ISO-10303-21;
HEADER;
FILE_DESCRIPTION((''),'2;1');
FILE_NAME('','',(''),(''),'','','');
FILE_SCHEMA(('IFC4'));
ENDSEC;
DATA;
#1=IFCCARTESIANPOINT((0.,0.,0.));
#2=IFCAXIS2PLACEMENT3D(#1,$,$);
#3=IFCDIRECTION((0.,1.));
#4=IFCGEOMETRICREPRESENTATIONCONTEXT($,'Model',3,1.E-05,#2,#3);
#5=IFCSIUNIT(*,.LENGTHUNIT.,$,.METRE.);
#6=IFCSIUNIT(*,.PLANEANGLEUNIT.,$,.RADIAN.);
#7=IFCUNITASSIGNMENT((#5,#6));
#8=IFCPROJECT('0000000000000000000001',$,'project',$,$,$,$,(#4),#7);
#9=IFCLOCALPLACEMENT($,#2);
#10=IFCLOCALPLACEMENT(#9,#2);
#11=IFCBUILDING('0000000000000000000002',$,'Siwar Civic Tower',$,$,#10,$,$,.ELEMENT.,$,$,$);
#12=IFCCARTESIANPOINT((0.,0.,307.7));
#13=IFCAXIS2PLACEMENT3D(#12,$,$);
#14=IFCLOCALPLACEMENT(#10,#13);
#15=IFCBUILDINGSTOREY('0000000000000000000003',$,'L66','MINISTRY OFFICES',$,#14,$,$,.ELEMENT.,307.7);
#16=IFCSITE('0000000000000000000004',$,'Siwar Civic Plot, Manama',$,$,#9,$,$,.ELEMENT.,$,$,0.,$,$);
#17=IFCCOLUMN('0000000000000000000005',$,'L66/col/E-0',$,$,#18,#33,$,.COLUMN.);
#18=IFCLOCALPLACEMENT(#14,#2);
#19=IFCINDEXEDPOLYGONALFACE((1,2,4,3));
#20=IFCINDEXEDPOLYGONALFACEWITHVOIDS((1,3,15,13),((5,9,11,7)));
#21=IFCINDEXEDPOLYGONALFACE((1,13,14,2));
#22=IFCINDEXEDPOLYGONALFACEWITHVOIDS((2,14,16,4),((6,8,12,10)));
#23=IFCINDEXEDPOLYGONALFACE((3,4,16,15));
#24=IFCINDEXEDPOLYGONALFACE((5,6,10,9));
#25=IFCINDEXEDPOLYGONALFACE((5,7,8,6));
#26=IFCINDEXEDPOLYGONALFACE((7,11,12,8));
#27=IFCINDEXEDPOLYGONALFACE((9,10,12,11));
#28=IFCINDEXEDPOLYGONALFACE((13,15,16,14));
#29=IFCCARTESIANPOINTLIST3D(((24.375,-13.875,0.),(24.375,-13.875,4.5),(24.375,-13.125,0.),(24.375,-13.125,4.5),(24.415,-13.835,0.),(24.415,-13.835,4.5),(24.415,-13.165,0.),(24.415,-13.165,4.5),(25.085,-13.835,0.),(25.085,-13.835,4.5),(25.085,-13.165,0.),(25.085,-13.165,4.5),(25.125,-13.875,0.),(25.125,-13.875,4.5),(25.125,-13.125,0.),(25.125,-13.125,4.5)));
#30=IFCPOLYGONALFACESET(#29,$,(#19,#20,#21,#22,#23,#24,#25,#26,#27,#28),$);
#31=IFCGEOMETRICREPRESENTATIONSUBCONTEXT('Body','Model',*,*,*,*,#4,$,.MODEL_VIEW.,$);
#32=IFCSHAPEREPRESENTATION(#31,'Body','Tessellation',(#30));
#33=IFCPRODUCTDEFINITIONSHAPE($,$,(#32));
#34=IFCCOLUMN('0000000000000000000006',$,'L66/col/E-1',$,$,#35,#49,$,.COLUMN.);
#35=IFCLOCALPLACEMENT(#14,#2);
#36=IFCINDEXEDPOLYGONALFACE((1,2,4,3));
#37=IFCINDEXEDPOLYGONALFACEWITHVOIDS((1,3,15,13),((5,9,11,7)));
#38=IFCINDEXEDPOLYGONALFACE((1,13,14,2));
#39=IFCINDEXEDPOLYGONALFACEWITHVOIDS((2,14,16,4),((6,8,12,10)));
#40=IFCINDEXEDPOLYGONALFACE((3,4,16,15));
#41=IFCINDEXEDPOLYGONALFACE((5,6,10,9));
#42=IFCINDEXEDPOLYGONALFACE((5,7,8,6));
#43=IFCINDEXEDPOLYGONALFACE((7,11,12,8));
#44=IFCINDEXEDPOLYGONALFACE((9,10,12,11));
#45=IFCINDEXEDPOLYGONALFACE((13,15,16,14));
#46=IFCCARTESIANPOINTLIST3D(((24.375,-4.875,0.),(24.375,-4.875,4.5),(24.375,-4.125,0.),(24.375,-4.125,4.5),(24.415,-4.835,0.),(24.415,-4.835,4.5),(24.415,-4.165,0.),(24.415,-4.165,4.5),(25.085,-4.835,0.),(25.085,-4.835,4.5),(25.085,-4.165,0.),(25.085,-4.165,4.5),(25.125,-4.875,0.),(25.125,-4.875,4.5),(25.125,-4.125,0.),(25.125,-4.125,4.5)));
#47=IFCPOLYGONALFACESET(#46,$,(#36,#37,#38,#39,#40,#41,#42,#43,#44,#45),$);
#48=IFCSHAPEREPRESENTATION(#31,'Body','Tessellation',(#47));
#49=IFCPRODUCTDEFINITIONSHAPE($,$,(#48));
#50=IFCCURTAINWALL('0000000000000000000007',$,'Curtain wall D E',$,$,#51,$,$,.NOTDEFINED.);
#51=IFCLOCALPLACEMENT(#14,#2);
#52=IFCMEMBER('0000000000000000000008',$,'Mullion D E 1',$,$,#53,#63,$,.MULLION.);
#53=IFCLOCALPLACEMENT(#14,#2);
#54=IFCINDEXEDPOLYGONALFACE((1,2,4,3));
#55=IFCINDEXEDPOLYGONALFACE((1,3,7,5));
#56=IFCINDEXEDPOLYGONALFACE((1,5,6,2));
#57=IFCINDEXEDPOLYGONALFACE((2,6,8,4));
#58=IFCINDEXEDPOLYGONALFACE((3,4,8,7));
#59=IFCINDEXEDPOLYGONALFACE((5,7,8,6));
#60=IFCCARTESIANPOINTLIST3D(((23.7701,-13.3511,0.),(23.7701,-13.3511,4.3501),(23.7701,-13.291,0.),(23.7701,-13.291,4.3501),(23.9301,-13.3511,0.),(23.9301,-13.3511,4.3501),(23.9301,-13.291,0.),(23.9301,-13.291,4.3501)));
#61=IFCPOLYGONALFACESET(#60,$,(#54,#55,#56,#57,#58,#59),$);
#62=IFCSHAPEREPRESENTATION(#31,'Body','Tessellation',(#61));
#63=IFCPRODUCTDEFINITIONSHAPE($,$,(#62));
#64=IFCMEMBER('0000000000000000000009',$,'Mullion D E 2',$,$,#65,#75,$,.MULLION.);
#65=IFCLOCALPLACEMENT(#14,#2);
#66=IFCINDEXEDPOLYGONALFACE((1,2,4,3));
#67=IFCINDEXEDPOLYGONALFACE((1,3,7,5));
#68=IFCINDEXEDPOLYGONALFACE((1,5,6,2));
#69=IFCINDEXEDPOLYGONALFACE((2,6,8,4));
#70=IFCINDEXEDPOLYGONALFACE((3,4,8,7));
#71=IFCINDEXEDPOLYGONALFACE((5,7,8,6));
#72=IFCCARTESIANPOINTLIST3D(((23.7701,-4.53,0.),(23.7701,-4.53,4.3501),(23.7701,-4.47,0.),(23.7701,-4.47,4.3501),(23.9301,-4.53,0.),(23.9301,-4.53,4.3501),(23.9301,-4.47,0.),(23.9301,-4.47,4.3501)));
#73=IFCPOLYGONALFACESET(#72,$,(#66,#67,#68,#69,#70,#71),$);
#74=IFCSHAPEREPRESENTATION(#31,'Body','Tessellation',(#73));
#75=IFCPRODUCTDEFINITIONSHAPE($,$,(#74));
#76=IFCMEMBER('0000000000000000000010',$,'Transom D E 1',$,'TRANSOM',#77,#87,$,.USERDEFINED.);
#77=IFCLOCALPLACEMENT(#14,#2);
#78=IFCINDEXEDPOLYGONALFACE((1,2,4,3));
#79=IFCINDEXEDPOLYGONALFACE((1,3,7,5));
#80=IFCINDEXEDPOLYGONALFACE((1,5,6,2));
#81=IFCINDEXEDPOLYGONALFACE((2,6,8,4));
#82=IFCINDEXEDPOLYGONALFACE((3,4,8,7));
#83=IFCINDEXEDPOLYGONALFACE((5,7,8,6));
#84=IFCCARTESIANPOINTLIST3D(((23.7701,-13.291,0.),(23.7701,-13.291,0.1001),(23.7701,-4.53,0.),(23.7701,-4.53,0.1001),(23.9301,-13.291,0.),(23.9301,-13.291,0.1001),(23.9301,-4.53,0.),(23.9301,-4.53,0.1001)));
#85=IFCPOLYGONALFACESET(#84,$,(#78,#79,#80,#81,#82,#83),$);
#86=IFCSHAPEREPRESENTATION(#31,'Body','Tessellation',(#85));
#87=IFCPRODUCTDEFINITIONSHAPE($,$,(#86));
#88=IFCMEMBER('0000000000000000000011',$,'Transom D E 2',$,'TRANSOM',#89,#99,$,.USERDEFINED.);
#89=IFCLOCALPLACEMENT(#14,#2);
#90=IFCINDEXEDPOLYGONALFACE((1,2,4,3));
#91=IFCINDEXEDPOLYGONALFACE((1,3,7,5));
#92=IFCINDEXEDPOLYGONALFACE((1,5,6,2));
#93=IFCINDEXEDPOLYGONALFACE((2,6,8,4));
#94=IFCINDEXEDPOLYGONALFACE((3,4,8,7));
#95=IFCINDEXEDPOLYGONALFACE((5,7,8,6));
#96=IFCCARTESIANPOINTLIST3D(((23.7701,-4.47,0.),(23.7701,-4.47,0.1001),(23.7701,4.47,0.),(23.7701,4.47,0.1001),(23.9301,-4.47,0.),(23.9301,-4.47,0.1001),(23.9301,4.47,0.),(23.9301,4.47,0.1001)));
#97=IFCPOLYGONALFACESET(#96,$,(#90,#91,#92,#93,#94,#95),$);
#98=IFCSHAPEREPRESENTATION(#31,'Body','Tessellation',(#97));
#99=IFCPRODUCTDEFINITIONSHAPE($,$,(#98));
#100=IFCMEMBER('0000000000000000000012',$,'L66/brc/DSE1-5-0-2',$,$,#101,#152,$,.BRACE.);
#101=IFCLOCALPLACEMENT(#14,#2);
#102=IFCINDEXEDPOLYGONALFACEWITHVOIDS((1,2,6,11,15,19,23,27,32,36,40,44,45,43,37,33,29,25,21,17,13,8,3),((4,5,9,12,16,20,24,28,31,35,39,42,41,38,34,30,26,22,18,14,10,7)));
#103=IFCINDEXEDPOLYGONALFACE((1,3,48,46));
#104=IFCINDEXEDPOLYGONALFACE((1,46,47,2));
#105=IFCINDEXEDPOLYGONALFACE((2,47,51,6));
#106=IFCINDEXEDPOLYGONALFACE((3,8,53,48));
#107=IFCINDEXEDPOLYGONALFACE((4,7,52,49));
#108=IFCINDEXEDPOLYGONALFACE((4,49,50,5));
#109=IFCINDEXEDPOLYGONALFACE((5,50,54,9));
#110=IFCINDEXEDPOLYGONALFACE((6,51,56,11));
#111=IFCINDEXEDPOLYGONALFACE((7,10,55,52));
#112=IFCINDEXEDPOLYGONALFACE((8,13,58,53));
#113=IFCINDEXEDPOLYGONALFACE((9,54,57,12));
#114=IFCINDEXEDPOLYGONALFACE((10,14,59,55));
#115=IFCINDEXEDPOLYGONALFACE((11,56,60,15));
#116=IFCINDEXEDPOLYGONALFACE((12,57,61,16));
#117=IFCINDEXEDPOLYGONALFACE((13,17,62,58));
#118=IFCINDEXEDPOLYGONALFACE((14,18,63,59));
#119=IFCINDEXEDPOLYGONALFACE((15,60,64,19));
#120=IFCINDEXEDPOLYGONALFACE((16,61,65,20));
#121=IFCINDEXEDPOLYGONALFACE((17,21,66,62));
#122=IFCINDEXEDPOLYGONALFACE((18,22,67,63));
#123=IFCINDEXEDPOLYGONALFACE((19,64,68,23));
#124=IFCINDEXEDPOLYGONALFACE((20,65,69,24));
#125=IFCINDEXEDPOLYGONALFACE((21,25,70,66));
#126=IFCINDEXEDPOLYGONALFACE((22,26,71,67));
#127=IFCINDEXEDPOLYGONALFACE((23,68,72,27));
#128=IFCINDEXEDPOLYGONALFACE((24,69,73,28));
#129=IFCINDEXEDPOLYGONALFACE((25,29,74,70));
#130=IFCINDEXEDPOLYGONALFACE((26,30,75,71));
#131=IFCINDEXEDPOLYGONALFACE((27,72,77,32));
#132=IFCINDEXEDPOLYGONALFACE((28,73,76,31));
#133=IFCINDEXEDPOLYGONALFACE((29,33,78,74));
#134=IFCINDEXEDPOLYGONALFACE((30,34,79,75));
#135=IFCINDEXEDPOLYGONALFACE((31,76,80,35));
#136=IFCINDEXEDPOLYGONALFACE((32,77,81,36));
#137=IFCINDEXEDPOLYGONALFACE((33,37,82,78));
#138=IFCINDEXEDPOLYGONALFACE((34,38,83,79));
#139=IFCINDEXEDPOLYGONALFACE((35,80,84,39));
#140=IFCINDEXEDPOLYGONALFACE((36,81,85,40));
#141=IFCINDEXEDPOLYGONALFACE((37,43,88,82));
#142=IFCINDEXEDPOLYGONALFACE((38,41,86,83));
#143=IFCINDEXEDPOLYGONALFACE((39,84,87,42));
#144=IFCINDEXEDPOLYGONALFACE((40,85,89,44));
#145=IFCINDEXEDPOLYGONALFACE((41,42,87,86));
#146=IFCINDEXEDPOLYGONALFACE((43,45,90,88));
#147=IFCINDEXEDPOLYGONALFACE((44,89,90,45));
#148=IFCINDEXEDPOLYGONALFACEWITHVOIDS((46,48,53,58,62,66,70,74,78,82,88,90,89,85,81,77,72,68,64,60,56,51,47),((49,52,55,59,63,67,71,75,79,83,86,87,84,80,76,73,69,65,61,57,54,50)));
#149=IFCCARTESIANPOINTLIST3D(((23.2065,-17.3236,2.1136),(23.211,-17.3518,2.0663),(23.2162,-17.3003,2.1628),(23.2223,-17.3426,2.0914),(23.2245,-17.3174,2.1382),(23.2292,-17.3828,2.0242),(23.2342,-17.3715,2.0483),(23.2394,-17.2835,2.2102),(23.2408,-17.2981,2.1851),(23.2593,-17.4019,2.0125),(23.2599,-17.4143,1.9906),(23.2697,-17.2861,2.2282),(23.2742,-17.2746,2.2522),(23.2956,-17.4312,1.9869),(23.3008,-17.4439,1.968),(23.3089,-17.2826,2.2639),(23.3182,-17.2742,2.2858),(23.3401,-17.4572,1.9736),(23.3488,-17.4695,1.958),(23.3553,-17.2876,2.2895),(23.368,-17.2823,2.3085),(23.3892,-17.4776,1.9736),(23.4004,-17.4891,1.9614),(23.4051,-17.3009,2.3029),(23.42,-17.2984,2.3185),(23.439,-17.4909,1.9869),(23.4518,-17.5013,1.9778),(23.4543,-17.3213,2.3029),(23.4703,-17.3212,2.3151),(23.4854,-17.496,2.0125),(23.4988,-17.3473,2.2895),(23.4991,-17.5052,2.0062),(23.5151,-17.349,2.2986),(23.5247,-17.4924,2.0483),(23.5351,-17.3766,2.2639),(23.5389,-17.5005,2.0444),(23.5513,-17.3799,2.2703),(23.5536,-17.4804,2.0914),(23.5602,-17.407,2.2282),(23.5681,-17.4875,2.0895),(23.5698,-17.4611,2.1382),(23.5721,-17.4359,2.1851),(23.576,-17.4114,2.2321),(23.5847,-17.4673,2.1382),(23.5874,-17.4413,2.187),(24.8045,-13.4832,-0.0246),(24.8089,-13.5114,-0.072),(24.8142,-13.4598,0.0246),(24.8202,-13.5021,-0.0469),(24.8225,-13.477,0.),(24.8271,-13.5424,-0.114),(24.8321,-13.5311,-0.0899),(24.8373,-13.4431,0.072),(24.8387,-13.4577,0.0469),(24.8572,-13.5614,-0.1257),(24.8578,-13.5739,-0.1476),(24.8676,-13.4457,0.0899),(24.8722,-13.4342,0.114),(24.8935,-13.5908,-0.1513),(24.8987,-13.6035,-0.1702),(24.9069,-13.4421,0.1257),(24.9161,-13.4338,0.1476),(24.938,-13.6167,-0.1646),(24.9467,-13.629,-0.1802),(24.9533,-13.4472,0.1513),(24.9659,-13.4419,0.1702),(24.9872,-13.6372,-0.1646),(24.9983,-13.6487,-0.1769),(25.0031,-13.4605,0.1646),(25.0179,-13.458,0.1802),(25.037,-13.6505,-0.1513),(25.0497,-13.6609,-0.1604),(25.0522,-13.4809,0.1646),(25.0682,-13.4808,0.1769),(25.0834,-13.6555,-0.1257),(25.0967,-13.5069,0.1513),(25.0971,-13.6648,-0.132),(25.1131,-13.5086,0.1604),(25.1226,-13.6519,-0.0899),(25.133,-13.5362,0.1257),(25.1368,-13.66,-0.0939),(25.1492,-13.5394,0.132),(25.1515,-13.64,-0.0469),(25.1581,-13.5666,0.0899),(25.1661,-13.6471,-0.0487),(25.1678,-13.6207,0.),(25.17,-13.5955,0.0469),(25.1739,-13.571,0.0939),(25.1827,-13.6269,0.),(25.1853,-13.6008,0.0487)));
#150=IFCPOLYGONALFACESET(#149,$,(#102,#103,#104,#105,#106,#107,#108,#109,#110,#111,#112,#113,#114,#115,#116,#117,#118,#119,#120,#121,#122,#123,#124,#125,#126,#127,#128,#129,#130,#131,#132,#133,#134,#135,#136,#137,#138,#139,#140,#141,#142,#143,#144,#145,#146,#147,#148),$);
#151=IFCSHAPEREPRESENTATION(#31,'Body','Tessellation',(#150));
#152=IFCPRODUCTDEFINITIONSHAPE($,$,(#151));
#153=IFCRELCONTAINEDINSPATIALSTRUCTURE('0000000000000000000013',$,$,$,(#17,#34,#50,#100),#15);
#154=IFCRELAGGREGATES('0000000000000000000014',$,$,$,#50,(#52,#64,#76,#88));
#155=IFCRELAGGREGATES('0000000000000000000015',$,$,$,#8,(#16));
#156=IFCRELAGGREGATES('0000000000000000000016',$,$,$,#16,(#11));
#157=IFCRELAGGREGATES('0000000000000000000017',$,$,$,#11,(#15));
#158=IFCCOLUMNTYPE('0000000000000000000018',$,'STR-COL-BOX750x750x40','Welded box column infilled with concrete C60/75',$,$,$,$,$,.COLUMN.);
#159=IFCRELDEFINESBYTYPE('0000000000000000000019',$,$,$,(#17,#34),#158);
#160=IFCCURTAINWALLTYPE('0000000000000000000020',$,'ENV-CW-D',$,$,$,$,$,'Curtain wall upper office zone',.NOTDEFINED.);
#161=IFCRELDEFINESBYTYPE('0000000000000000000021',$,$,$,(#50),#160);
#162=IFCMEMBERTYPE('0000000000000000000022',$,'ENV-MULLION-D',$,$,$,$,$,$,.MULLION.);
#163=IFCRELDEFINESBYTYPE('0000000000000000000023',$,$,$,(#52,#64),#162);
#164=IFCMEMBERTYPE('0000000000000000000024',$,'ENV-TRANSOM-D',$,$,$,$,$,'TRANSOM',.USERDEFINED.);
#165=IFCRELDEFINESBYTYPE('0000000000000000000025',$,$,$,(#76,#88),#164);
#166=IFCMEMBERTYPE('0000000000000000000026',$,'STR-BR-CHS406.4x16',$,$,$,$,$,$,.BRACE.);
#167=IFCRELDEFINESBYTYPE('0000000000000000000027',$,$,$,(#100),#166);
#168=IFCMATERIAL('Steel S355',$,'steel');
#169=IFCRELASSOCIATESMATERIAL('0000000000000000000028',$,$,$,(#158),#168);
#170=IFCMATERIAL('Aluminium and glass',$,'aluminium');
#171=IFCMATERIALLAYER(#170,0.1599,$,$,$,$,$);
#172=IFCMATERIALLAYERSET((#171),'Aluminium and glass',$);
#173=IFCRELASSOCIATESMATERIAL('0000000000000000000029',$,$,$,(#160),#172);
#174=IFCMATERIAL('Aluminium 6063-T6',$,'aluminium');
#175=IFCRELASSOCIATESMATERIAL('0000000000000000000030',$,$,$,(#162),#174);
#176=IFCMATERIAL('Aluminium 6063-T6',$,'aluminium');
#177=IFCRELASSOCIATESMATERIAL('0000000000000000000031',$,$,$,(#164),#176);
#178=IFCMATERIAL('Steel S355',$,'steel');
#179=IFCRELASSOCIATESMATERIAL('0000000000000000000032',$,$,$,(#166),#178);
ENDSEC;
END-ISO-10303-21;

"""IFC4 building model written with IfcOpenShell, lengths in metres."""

from ifc_helpers import new_model, si_unit, direction, frame, origin, origin_2d, place, context, subcontext, project, spatial, rectangle, hollow_rectangle, hollow_circle, extrude, material, layer, layer_set, material_profile, profile_set, type_object, element, aggregate, save


model = new_model("IFC4")

# Units and contexts
model_context = context("Model", 3, precision=1e-05, world=origin(), true_north=direction((0.0, 1.0)))
body_context = subcontext(model_context, "Body", "Model", "MODEL_VIEW")
ifc_project = project(units=[si_unit("LENGTHUNIT", "METRE"), si_unit("PLANEANGLEUNIT", "RADIAN")], contexts=[model_context])

# Site, building, storey
site_placement = place(None, origin())
site = spatial("IfcSite", under=ifc_project, at=site_placement, Name="Siwar Civic Plot, Manama", CompositionType="ELEMENT", RefElevation=0.0)
building_placement = place(site_placement, origin())
building = spatial("IfcBuilding", under=site, at=building_placement, Name="Siwar Civic Tower", CompositionType="ELEMENT")
storey_placement = place(building_placement, frame((0.0, 0.0, 307.7)))
storey = spatial("IfcBuildingStorey", under=building, at=storey_placement, Name="L66", Description="MINISTRY OFFICES", CompositionType="ELEMENT", Elevation=307.7)

# Columns
ifc_material_1 = material(Name="Steel S355", Category="steel")
ifc_material_profile_1 = material_profile(ifc_material_1, hollow_rectangle(XDim=0.75, YDim=0.75, WallThickness=0.04, at=origin_2d()), Name="BOX750x750x40")
ifc_profile_set_1 = profile_set([ifc_material_profile_1], Name="Steel S355")
column_type = type_object("IfcColumnType", Name="STR-COL-BOX750x750x40", Description="Welded box column infilled with concrete C60/75", PredefinedType="COLUMN", material=ifc_profile_set_1)
for number, where, z_axis, x_axis, name in (
    (1, (24.75, -13.5, 0.0), (0.0, 0.0, 1.0), (1.0, 0.0, 0.0), "L66/col/E-0"),
    (2, (24.75, -4.5, 0.0), (0.0, 0.0, 1.0), (1.0, 0.0, 0.0), "L66/col/E-1"),
):
    element("IfcColumn", number, at=place(storey_placement, frame(where, z_axis=z_axis, x_axis=x_axis)), inside=storey, type_object=column_type, Name=name, PredefinedType="COLUMN", context=body_context, shape_type="SweptSolid", body=[
        extrude(hollow_rectangle(XDim=0.75, YDim=0.75, WallThickness=0.04, at=origin_2d()), origin(), (0.0, 0.0, 1.0), 4.5),
    ])

# Curtain wall, members
ifc_material_2 = material(Name="Aluminium and glass", Category="aluminium")
ifc_layer_1 = layer(ifc_material_2, 0.1599)
ifc_layer_set_1 = layer_set([ifc_layer_1], Name="Aluminium and glass")
curtain_wall_type = type_object("IfcCurtainWallType", Name="ENV-CW-D", ElementType="Curtain wall upper office zone", PredefinedType="NOTDEFINED", material=ifc_layer_set_1)
curtain_wall_placement = place(storey_placement, origin())
curtain_wall = element("IfcCurtainWall", 3, at=curtain_wall_placement, inside=storey, type_object=curtain_wall_type, Name="Curtain wall D E", PredefinedType="NOTDEFINED")
ifc_material_3 = material(Name="Aluminium 6063-T6", Category="aluminium")
ifc_material_profile_2 = material_profile(ifc_material_3, rectangle(XDim=0.1599, YDim=0.0601, at=origin_2d()), Name="AL 160x60")
ifc_profile_set_2 = profile_set([ifc_material_profile_2], Name="Aluminium 6063-T6")
member_type_1 = type_object("IfcMemberType", Name="ENV-MULLION-D", PredefinedType="MULLION", material=ifc_profile_set_2)
member_1_placement = place(storey_placement, frame((23.8501, -13.321, 0.0), z_axis=(0.0, 0.0, 1.0), x_axis=(-1.0, 0.0, 0.0)))
member_1 = element("IfcMember", 4, at=member_1_placement, type_object=member_type_1, Name="Mullion D E 1", PredefinedType="MULLION", context=body_context, shape_type="SweptSolid", body=[
    extrude(rectangle(XDim=0.1599, YDim=0.0601, at=origin_2d()), origin(), (0.0, 0.0, 1.0), 4.3501),
])
member_2_placement = place(storey_placement, frame((23.8501, -4.5, 0.0), z_axis=(0.0, 0.0, 1.0), x_axis=(-1.0, 0.0, 0.0)))
member_2 = element("IfcMember", 5, at=member_2_placement, type_object=member_type_1, Name="Mullion D E 2", PredefinedType="MULLION", context=body_context, shape_type="SweptSolid", body=[
    extrude(rectangle(XDim=0.1599, YDim=0.0601, at=origin_2d()), origin(), (0.0, 0.0, 1.0), 4.3501),
])
ifc_material_4 = material(Name="Aluminium 6063-T6", Category="aluminium")
ifc_material_profile_3 = material_profile(ifc_material_4, rectangle(XDim=0.1599, YDim=0.1001, at=origin_2d()), Name="AL 160x100")
ifc_profile_set_3 = profile_set([ifc_material_profile_3], Name="Aluminium 6063-T6")
member_type_2 = type_object("IfcMemberType", Name="ENV-TRANSOM-D", ElementType="TRANSOM", PredefinedType="USERDEFINED", material=ifc_profile_set_3)
member_3_placement = place(storey_placement, frame((23.8501, -13.291, 0.05), z_axis=(0.0, 1.0, 0.0), x_axis=(-1.0, 0.0, 0.0)))
member_3 = element("IfcMember", 6, at=member_3_placement, type_object=member_type_2, Name="Transom D E 1", ObjectType="TRANSOM", PredefinedType="USERDEFINED", context=body_context, shape_type="SweptSolid", body=[
    extrude(rectangle(XDim=0.1599, YDim=0.1001, at=origin_2d()), origin(), (0.0, 0.0, 1.0), 8.761),
])
member_4_placement = place(storey_placement, frame((23.8501, -4.47, 0.05), z_axis=(0.0, 1.0, 0.0), x_axis=(-1.0, 0.0, 0.0)))
member_4 = element("IfcMember", 7, at=member_4_placement, type_object=member_type_2, Name="Transom D E 2", ObjectType="TRANSOM", PredefinedType="USERDEFINED", context=body_context, shape_type="SweptSolid", body=[
    extrude(rectangle(XDim=0.1599, YDim=0.1001, at=origin_2d()), origin(), (0.0, 0.0, 1.0), 8.9399),
])

# Member
ifc_material_5 = material(Name="Steel S355", Category="steel")
ifc_material_profile_4 = material_profile(ifc_material_5, hollow_circle(Radius=0.2031, WallThickness=0.0161, at=origin_2d()), Name="CHS406.4x16")
ifc_profile_set_4 = profile_set([ifc_material_profile_4], Name="Steel S355")
member_type_3 = type_object("IfcMemberType", Name="STR-BR-CHS406.4x16", PredefinedType="BRACE", material=ifc_profile_set_4)
member_5_placement = place(storey_placement, frame((24.9951, -13.5488, 0.0), z_axis=(-0.341659, -0.82113, 0.457181), x_axis=(0.923268, -0.384157, 0.0)))
element("IfcMember", 8, at=member_5_placement, inside=storey, type_object=member_type_3, Name="L66/brc/DSE1-5-0-2", PredefinedType="BRACE", context=body_context, shape_type="SweptSolid", body=[
    extrude(hollow_circle(Radius=0.2031, WallThickness=0.0161, at=origin_2d()), origin(), (0.0, 0.0, 1.0), 4.677),
])

aggregate(curtain_wall, [member_1, member_2, member_3, member_4])

save(model, "model.ifc")
